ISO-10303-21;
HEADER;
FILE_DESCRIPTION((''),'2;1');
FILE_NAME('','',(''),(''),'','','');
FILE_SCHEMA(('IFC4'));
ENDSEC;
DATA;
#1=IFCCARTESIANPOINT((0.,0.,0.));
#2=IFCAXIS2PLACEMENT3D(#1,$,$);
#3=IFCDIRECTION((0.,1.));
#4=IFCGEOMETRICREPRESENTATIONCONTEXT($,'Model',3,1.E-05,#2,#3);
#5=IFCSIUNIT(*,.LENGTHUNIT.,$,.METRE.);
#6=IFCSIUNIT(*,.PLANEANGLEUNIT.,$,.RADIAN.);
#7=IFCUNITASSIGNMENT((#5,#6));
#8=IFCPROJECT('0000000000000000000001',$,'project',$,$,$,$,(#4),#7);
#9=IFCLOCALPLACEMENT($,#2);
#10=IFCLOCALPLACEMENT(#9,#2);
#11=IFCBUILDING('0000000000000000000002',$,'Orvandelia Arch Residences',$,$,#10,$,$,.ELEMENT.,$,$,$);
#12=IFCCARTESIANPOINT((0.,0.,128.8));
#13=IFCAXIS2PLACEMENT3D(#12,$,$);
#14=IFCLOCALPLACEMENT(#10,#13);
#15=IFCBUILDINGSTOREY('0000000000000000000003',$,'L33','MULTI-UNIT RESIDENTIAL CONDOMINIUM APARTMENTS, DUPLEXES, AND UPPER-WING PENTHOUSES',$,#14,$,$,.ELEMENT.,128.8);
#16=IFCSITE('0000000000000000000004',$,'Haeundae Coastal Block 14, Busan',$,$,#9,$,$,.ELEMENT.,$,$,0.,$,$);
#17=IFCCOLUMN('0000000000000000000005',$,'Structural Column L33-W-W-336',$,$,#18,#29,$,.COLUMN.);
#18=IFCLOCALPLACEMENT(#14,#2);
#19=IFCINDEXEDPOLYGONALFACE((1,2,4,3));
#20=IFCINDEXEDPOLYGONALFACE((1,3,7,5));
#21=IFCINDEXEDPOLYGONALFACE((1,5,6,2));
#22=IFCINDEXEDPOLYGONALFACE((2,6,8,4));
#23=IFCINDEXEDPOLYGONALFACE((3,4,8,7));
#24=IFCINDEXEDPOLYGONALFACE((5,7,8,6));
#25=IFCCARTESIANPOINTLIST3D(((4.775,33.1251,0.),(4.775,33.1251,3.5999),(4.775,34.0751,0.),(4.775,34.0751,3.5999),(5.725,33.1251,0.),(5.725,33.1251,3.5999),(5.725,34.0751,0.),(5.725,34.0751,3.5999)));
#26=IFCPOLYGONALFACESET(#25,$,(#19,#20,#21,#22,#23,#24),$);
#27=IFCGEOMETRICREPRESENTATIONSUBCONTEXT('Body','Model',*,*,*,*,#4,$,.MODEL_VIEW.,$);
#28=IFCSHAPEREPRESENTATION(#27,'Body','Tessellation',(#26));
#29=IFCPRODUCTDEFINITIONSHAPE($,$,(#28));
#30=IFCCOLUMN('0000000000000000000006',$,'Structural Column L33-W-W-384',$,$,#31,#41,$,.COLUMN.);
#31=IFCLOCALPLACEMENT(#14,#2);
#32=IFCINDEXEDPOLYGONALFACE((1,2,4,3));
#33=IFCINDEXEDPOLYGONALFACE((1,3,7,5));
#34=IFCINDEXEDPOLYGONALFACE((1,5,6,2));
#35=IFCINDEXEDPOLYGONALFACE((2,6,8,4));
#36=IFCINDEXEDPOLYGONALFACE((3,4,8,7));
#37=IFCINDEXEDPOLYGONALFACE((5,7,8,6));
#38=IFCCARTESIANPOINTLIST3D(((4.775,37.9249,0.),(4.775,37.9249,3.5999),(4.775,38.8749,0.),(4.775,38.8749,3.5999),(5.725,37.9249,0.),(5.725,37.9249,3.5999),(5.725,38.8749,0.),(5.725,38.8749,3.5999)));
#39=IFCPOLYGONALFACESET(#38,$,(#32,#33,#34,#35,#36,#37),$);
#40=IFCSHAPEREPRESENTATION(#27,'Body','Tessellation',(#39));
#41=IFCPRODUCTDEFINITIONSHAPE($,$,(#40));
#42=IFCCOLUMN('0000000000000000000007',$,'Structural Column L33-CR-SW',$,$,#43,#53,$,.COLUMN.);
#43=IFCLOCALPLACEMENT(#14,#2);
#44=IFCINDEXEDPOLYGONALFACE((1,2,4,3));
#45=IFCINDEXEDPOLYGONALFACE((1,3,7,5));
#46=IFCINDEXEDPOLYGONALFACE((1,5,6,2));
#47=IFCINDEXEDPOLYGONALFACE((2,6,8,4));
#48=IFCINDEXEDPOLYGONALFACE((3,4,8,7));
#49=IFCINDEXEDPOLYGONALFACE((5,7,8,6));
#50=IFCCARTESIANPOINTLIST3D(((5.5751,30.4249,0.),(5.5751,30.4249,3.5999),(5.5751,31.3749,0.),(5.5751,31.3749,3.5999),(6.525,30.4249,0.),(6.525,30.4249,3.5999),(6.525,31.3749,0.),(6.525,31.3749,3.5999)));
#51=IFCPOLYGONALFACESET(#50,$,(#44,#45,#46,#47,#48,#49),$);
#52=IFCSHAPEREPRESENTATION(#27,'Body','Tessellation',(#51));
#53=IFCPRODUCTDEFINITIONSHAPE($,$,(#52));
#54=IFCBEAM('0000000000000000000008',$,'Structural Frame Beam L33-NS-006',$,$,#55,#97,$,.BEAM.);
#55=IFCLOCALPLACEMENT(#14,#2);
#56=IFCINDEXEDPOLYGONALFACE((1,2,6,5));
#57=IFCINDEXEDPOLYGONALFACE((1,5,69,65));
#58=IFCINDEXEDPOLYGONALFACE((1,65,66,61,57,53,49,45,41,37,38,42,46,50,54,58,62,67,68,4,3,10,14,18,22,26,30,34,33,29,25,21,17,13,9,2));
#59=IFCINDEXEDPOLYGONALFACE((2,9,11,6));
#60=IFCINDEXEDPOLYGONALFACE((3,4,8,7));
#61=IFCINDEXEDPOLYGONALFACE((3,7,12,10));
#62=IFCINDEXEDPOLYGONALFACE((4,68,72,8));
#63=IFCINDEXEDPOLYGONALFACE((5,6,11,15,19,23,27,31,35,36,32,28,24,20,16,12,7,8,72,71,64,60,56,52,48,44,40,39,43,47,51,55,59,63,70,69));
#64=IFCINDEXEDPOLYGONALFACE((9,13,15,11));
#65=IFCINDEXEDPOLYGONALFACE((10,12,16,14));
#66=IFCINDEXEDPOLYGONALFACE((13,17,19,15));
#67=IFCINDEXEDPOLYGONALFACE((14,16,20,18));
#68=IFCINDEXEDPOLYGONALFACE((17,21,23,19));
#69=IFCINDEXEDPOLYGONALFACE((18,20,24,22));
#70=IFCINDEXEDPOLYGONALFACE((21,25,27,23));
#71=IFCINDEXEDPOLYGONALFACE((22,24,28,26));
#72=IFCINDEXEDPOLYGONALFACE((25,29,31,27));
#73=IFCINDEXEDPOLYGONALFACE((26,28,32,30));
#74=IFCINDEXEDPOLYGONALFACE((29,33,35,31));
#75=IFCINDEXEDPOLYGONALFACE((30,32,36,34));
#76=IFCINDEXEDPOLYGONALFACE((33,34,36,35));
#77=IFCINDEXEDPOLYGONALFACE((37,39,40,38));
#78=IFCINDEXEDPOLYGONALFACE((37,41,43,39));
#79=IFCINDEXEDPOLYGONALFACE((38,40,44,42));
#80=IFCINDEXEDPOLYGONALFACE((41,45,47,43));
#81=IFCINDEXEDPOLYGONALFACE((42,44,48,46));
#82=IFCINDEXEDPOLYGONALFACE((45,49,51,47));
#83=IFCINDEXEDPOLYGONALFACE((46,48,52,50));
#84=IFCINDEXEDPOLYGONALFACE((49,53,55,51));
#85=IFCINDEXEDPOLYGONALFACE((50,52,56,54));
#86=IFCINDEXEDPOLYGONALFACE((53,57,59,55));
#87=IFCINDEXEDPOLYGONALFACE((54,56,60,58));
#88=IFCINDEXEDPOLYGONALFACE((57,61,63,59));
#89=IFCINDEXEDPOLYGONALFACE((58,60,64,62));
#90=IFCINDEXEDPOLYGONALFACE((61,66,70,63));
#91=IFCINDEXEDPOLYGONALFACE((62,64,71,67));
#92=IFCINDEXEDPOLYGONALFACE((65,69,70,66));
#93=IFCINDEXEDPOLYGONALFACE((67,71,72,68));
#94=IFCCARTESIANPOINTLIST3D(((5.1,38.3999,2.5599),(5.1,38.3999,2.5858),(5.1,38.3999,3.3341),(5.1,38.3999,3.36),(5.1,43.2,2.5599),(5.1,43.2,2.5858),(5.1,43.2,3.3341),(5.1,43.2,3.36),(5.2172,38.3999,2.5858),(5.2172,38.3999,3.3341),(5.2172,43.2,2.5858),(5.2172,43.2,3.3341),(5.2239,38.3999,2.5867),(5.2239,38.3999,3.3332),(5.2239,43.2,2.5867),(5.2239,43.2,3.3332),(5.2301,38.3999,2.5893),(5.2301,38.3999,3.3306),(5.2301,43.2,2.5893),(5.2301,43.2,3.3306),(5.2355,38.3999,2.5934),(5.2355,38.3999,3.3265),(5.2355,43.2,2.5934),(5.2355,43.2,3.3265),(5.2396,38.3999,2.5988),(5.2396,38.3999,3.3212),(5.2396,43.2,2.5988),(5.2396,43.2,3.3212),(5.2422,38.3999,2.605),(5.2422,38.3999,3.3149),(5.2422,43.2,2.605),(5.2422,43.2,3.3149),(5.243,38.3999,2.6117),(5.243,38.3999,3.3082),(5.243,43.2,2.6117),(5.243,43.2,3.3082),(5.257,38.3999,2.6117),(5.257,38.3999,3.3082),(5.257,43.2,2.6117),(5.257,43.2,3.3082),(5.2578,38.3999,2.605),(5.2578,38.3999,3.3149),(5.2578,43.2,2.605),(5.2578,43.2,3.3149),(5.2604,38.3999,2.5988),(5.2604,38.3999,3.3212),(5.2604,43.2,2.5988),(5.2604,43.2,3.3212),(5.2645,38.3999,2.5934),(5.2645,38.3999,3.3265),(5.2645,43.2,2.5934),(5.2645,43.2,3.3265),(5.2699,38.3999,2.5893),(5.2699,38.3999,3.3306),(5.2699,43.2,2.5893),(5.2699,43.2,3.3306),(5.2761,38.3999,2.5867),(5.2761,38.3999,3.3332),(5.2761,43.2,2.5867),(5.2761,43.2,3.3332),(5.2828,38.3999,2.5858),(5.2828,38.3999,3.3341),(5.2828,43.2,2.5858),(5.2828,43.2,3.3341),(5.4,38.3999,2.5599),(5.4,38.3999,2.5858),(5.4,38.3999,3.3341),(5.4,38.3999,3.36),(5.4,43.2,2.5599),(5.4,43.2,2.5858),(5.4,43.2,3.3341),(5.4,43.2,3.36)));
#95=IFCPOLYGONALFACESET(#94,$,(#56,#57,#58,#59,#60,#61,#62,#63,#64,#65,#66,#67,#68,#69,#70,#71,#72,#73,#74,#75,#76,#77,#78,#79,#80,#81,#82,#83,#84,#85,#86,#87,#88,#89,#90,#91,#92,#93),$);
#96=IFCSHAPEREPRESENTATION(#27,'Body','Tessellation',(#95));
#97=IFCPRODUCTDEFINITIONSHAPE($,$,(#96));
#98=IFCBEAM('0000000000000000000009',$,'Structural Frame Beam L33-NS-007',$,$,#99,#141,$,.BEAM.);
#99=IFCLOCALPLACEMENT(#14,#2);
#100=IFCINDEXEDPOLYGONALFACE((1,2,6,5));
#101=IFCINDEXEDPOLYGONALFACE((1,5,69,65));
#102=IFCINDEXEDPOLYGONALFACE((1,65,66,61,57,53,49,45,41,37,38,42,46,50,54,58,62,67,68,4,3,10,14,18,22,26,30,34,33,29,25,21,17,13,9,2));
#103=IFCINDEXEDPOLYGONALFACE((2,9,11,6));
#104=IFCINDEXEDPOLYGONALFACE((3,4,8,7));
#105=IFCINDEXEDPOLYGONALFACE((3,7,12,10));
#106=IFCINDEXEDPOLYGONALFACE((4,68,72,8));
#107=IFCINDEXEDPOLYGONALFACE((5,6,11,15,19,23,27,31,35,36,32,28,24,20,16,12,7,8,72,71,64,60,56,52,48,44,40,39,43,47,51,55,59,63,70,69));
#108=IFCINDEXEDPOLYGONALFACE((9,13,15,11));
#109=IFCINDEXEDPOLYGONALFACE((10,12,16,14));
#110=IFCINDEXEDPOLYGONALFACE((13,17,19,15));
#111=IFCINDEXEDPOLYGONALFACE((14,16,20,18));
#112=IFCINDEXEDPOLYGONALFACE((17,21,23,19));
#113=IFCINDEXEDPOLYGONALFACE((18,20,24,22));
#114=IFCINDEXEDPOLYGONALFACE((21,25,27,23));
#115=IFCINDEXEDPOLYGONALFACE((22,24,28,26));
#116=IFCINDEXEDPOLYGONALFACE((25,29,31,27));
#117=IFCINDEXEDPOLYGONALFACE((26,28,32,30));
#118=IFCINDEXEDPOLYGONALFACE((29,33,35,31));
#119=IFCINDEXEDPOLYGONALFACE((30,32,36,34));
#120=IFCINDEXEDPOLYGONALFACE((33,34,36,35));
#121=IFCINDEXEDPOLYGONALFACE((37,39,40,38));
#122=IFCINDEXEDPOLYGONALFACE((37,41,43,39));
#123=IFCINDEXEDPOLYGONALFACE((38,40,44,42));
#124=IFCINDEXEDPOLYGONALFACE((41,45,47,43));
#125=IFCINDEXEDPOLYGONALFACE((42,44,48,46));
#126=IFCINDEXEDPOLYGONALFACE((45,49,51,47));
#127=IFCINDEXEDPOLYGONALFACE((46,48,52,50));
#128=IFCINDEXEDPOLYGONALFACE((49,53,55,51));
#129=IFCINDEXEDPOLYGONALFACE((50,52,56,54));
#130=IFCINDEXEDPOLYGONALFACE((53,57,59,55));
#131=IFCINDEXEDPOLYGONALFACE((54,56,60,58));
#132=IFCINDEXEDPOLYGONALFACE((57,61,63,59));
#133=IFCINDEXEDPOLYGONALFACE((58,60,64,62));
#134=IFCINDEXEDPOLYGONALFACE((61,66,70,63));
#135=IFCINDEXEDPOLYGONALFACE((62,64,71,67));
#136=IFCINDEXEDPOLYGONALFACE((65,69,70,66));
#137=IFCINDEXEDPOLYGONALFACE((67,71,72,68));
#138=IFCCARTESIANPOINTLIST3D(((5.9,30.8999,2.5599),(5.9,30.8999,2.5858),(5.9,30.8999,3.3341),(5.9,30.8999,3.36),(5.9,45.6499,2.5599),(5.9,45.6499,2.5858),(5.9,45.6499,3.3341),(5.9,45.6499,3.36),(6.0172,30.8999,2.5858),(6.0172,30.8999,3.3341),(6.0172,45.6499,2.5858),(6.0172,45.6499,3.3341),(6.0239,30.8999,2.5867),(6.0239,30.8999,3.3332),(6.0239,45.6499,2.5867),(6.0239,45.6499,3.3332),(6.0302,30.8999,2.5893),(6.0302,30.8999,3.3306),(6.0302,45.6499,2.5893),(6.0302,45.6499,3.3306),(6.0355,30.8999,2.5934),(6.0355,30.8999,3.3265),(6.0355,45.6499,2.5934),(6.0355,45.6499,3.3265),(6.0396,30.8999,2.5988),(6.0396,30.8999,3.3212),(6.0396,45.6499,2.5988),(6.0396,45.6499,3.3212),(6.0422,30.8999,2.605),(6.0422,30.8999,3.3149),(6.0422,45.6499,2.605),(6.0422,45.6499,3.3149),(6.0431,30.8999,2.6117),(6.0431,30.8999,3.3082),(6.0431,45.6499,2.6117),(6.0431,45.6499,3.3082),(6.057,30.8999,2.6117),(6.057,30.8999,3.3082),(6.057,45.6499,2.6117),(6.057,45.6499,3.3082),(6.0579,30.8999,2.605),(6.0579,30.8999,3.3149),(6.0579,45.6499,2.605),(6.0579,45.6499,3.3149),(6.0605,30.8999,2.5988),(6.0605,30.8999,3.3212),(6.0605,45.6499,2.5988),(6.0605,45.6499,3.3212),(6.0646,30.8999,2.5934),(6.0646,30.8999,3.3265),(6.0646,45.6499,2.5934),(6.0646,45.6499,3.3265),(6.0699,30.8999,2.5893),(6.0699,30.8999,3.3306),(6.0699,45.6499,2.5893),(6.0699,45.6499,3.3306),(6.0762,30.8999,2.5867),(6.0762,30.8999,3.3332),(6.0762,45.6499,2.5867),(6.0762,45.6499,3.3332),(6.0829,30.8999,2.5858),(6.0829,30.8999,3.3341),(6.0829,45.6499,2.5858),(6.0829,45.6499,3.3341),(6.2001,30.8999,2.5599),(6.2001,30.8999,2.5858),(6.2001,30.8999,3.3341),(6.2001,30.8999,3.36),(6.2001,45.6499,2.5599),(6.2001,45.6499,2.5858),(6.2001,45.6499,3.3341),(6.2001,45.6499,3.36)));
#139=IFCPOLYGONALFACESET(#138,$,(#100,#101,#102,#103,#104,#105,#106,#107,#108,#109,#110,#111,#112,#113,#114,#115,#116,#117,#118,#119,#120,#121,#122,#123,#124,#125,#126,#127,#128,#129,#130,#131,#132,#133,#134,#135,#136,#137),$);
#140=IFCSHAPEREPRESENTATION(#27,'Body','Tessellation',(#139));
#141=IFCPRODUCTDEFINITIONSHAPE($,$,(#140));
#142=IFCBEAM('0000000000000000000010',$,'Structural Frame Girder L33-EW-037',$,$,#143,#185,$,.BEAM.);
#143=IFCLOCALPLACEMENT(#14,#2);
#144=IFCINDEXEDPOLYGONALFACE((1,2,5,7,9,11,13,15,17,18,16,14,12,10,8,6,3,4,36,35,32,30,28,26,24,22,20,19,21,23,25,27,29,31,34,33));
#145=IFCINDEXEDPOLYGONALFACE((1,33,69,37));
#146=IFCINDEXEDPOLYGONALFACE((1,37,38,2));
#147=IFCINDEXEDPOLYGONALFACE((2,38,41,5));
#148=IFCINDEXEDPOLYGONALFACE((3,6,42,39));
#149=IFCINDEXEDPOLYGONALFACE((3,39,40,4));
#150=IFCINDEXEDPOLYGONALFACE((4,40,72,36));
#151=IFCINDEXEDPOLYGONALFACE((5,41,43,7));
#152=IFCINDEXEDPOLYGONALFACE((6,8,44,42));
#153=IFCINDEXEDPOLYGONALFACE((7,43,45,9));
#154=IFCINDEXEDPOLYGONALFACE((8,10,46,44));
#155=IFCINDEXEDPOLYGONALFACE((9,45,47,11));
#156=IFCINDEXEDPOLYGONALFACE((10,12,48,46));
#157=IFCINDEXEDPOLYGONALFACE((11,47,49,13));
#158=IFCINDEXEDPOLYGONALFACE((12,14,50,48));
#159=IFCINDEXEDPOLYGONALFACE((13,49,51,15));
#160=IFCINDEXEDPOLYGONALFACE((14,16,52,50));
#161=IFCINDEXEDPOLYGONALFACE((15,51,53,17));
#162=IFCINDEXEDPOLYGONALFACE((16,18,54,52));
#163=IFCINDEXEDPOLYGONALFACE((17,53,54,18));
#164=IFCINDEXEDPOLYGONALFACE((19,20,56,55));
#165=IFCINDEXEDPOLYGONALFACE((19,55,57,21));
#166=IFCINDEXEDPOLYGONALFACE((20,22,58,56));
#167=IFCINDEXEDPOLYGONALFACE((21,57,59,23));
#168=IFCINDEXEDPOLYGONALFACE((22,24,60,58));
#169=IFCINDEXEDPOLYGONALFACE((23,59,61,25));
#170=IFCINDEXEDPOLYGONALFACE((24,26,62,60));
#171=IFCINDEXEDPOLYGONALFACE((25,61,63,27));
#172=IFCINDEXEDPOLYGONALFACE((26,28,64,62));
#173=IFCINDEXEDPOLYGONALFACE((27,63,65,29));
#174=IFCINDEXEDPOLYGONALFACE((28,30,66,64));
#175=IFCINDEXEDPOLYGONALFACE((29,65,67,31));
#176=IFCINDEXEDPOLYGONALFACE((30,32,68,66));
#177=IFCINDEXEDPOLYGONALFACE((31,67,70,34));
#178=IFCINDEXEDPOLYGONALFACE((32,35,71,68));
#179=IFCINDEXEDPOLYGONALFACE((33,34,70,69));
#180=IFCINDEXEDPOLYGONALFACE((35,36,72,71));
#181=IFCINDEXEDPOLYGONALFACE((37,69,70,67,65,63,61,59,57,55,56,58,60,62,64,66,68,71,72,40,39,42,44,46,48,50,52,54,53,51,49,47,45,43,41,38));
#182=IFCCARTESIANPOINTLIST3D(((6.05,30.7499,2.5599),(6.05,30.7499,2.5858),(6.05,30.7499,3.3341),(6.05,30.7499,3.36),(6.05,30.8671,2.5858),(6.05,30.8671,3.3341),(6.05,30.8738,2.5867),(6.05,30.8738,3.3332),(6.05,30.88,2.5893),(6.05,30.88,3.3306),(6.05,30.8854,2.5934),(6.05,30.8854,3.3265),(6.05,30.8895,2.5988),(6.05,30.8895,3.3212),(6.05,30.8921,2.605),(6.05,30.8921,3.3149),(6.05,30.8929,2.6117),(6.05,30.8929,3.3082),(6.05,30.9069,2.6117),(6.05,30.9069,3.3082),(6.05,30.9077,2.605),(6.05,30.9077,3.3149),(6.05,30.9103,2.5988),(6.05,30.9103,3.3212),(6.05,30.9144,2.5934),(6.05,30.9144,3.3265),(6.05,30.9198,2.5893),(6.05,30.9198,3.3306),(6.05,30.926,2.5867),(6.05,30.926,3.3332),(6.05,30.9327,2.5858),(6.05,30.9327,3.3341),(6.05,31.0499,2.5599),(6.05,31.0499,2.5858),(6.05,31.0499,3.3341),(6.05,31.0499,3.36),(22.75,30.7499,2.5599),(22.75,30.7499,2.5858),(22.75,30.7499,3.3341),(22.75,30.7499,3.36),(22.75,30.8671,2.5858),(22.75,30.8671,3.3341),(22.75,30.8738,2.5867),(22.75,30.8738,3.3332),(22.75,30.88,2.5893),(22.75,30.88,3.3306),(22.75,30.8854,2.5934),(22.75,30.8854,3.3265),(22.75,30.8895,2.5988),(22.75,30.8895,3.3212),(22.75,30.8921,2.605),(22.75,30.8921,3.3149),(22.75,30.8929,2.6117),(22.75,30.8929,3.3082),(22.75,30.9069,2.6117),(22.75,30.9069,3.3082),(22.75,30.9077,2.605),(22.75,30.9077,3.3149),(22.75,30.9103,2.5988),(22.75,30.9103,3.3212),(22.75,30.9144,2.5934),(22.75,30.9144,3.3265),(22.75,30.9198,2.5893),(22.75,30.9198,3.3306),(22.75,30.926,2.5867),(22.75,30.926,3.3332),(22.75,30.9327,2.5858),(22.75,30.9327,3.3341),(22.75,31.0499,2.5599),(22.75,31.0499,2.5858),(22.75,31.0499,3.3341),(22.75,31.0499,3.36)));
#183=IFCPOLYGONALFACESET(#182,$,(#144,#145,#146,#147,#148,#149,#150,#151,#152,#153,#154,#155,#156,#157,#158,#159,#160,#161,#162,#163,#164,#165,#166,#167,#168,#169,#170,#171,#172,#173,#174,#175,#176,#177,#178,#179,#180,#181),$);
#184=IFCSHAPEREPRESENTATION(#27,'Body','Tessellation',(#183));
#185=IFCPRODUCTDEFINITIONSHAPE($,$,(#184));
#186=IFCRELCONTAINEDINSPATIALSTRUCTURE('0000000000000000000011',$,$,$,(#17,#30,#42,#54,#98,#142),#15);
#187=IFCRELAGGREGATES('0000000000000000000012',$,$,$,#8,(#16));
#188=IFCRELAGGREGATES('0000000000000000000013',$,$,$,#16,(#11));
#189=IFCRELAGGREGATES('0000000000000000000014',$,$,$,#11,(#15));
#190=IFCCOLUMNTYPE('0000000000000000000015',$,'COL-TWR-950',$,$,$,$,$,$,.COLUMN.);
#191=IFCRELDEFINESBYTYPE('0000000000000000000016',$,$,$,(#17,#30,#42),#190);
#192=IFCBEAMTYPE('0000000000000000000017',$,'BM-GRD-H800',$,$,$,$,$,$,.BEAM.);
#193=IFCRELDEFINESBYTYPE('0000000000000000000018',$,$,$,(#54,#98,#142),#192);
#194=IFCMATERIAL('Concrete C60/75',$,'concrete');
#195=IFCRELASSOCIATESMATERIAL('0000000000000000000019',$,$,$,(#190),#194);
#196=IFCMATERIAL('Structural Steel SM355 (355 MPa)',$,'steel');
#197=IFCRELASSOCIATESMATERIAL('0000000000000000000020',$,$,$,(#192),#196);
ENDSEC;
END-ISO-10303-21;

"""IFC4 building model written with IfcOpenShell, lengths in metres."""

from ifc_helpers import new_model, si_unit, direction, frame, origin, origin_2d, place, context, subcontext, project, spatial, rectangle, i_section, extrude, material, material_profile, profile_set, type_object, element, save


model = new_model("IFC4")

# Units and contexts
model_context = context("Model", 3, precision=1e-05, world=origin(), true_north=direction((0.0, 1.0)))
body_context = subcontext(model_context, "Body", "Model", "MODEL_VIEW")
ifc_project = project(units=[si_unit("LENGTHUNIT", "METRE"), si_unit("PLANEANGLEUNIT", "RADIAN")], contexts=[model_context])

# Site, building, storey
site_placement = place(None, origin())
site = spatial("IfcSite", under=ifc_project, at=site_placement, Name="Haeundae Coastal Block 14, Busan", CompositionType="ELEMENT", RefElevation=0.0)
building_placement = place(site_placement, origin())
building = spatial("IfcBuilding", under=site, at=building_placement, Name="Orvandelia Arch Residences", CompositionType="ELEMENT")
storey_placement = place(building_placement, frame((0.0, 0.0, 128.8)))
storey = spatial("IfcBuildingStorey", under=building, at=storey_placement, Name="L33", Description="MULTI-UNIT RESIDENTIAL CONDOMINIUM APARTMENTS, DUPLEXES, AND UPPER-WING PENTHOUSES", CompositionType="ELEMENT", Elevation=128.8)

# Columns
ifc_material_1 = material(Name="Concrete C60/75", Category="concrete")
ifc_material_profile_1 = material_profile(ifc_material_1, rectangle(XDim=0.95, YDim=0.95, at=origin_2d()), Name="Concrete C60/75", Category="concrete")
ifc_profile_set_1 = profile_set([ifc_material_profile_1], Name="Concrete C60/75")
column_type = type_object("IfcColumnType", Name="COL-TWR-950", PredefinedType="COLUMN", material=ifc_profile_set_1)
for number, where, z_axis, x_axis, name in (
    (1, (5.25, 33.6001, 0.0), (0.0, 0.0, 1.0), (1.0, 0.0, 0.0), "Structural Column L33-W-W-336"),
    (2, (5.25, 38.3999, 0.0), (0.0, 0.0, 1.0), (1.0, 0.0, 0.0), "Structural Column L33-W-W-384"),
    (3, (6.05, 30.8999, 0.0), (0.0, 0.0, 1.0), (1.0, 0.0, 0.0), "Structural Column L33-CR-SW"),
):
    element("IfcColumn", number, at=place(storey_placement, frame(where, z_axis=z_axis, x_axis=x_axis)), inside=storey, type_object=column_type, Name=name, PredefinedType="COLUMN", context=body_context, shape_type="SweptSolid", body=[
        extrude(rectangle(XDim=0.95, YDim=0.95, at=origin_2d()), origin(), (0.0, 0.0, 1.0), 3.5999),
    ])

# Beams
ifc_material_2 = material(Name="Structural Steel SM355 (355 MPa)", Category="steel")
ifc_material_profile_2 = material_profile(ifc_material_2, i_section(OverallWidth=0.3, OverallDepth=0.8, WebThickness=0.0139, FlangeThickness=0.0259, FilletRadius=0.0259, at=origin_2d()), Name="Structural Steel SM355 (355 MPa)", Category="steel")
ifc_profile_set_2 = profile_set([ifc_material_profile_2], Name="Structural Steel SM355 (355 MPa)")
beam_type_1 = type_object("IfcBeamType", Name="BM-GRD-H800", PredefinedType="BEAM", material=ifc_profile_set_2)
beam_1_placement = place(storey_placement, frame((5.25, 38.3999, 2.96), z_axis=(0.0, 1.0, 0.0), x_axis=(-1.0, 0.0, 0.0)))
element("IfcBeam", 4, at=beam_1_placement, inside=storey, type_object=beam_type_1, Name="Structural Frame Beam L33-NS-006", PredefinedType="BEAM", context=body_context, shape_type="SweptSolid", body=[
    extrude(i_section(OverallWidth=0.3, OverallDepth=0.8, WebThickness=0.0139, FlangeThickness=0.0259, FilletRadius=0.0259, at=origin_2d()), origin(), (0.0, 0.0, 1.0), 4.8),
])
beam_2_placement = place(storey_placement, frame((6.05, 30.8999, 2.96), z_axis=(0.0, 1.0, 0.0), x_axis=(-1.0, 0.0, 0.0)))
element("IfcBeam", 5, at=beam_2_placement, inside=storey, type_object=beam_type_1, Name="Structural Frame Beam L33-NS-007", PredefinedType="BEAM", context=body_context, shape_type="SweptSolid", body=[
    extrude(i_section(OverallWidth=0.3, OverallDepth=0.8, WebThickness=0.0139, FlangeThickness=0.0259, FilletRadius=0.0259, at=origin_2d()), origin(), (0.0, 0.0, 1.0), 14.75),
])
beam_3_placement = place(storey_placement, frame((6.05, 30.8999, 2.96), z_axis=(1.0, 0.0, 0.0), x_axis=(0.0, 1.0, 0.0)))
element("IfcBeam", 6, at=beam_3_placement, inside=storey, type_object=beam_type_1, Name="Structural Frame Girder L33-EW-037", PredefinedType="BEAM", context=body_context, shape_type="SweptSolid", body=[
    extrude(i_section(OverallWidth=0.3, OverallDepth=0.8, WebThickness=0.0139, FlangeThickness=0.0259, FilletRadius=0.0259, at=origin_2d()), origin(), (0.0, 0.0, 1.0), 16.7),
])

save(model, "model.ifc")
